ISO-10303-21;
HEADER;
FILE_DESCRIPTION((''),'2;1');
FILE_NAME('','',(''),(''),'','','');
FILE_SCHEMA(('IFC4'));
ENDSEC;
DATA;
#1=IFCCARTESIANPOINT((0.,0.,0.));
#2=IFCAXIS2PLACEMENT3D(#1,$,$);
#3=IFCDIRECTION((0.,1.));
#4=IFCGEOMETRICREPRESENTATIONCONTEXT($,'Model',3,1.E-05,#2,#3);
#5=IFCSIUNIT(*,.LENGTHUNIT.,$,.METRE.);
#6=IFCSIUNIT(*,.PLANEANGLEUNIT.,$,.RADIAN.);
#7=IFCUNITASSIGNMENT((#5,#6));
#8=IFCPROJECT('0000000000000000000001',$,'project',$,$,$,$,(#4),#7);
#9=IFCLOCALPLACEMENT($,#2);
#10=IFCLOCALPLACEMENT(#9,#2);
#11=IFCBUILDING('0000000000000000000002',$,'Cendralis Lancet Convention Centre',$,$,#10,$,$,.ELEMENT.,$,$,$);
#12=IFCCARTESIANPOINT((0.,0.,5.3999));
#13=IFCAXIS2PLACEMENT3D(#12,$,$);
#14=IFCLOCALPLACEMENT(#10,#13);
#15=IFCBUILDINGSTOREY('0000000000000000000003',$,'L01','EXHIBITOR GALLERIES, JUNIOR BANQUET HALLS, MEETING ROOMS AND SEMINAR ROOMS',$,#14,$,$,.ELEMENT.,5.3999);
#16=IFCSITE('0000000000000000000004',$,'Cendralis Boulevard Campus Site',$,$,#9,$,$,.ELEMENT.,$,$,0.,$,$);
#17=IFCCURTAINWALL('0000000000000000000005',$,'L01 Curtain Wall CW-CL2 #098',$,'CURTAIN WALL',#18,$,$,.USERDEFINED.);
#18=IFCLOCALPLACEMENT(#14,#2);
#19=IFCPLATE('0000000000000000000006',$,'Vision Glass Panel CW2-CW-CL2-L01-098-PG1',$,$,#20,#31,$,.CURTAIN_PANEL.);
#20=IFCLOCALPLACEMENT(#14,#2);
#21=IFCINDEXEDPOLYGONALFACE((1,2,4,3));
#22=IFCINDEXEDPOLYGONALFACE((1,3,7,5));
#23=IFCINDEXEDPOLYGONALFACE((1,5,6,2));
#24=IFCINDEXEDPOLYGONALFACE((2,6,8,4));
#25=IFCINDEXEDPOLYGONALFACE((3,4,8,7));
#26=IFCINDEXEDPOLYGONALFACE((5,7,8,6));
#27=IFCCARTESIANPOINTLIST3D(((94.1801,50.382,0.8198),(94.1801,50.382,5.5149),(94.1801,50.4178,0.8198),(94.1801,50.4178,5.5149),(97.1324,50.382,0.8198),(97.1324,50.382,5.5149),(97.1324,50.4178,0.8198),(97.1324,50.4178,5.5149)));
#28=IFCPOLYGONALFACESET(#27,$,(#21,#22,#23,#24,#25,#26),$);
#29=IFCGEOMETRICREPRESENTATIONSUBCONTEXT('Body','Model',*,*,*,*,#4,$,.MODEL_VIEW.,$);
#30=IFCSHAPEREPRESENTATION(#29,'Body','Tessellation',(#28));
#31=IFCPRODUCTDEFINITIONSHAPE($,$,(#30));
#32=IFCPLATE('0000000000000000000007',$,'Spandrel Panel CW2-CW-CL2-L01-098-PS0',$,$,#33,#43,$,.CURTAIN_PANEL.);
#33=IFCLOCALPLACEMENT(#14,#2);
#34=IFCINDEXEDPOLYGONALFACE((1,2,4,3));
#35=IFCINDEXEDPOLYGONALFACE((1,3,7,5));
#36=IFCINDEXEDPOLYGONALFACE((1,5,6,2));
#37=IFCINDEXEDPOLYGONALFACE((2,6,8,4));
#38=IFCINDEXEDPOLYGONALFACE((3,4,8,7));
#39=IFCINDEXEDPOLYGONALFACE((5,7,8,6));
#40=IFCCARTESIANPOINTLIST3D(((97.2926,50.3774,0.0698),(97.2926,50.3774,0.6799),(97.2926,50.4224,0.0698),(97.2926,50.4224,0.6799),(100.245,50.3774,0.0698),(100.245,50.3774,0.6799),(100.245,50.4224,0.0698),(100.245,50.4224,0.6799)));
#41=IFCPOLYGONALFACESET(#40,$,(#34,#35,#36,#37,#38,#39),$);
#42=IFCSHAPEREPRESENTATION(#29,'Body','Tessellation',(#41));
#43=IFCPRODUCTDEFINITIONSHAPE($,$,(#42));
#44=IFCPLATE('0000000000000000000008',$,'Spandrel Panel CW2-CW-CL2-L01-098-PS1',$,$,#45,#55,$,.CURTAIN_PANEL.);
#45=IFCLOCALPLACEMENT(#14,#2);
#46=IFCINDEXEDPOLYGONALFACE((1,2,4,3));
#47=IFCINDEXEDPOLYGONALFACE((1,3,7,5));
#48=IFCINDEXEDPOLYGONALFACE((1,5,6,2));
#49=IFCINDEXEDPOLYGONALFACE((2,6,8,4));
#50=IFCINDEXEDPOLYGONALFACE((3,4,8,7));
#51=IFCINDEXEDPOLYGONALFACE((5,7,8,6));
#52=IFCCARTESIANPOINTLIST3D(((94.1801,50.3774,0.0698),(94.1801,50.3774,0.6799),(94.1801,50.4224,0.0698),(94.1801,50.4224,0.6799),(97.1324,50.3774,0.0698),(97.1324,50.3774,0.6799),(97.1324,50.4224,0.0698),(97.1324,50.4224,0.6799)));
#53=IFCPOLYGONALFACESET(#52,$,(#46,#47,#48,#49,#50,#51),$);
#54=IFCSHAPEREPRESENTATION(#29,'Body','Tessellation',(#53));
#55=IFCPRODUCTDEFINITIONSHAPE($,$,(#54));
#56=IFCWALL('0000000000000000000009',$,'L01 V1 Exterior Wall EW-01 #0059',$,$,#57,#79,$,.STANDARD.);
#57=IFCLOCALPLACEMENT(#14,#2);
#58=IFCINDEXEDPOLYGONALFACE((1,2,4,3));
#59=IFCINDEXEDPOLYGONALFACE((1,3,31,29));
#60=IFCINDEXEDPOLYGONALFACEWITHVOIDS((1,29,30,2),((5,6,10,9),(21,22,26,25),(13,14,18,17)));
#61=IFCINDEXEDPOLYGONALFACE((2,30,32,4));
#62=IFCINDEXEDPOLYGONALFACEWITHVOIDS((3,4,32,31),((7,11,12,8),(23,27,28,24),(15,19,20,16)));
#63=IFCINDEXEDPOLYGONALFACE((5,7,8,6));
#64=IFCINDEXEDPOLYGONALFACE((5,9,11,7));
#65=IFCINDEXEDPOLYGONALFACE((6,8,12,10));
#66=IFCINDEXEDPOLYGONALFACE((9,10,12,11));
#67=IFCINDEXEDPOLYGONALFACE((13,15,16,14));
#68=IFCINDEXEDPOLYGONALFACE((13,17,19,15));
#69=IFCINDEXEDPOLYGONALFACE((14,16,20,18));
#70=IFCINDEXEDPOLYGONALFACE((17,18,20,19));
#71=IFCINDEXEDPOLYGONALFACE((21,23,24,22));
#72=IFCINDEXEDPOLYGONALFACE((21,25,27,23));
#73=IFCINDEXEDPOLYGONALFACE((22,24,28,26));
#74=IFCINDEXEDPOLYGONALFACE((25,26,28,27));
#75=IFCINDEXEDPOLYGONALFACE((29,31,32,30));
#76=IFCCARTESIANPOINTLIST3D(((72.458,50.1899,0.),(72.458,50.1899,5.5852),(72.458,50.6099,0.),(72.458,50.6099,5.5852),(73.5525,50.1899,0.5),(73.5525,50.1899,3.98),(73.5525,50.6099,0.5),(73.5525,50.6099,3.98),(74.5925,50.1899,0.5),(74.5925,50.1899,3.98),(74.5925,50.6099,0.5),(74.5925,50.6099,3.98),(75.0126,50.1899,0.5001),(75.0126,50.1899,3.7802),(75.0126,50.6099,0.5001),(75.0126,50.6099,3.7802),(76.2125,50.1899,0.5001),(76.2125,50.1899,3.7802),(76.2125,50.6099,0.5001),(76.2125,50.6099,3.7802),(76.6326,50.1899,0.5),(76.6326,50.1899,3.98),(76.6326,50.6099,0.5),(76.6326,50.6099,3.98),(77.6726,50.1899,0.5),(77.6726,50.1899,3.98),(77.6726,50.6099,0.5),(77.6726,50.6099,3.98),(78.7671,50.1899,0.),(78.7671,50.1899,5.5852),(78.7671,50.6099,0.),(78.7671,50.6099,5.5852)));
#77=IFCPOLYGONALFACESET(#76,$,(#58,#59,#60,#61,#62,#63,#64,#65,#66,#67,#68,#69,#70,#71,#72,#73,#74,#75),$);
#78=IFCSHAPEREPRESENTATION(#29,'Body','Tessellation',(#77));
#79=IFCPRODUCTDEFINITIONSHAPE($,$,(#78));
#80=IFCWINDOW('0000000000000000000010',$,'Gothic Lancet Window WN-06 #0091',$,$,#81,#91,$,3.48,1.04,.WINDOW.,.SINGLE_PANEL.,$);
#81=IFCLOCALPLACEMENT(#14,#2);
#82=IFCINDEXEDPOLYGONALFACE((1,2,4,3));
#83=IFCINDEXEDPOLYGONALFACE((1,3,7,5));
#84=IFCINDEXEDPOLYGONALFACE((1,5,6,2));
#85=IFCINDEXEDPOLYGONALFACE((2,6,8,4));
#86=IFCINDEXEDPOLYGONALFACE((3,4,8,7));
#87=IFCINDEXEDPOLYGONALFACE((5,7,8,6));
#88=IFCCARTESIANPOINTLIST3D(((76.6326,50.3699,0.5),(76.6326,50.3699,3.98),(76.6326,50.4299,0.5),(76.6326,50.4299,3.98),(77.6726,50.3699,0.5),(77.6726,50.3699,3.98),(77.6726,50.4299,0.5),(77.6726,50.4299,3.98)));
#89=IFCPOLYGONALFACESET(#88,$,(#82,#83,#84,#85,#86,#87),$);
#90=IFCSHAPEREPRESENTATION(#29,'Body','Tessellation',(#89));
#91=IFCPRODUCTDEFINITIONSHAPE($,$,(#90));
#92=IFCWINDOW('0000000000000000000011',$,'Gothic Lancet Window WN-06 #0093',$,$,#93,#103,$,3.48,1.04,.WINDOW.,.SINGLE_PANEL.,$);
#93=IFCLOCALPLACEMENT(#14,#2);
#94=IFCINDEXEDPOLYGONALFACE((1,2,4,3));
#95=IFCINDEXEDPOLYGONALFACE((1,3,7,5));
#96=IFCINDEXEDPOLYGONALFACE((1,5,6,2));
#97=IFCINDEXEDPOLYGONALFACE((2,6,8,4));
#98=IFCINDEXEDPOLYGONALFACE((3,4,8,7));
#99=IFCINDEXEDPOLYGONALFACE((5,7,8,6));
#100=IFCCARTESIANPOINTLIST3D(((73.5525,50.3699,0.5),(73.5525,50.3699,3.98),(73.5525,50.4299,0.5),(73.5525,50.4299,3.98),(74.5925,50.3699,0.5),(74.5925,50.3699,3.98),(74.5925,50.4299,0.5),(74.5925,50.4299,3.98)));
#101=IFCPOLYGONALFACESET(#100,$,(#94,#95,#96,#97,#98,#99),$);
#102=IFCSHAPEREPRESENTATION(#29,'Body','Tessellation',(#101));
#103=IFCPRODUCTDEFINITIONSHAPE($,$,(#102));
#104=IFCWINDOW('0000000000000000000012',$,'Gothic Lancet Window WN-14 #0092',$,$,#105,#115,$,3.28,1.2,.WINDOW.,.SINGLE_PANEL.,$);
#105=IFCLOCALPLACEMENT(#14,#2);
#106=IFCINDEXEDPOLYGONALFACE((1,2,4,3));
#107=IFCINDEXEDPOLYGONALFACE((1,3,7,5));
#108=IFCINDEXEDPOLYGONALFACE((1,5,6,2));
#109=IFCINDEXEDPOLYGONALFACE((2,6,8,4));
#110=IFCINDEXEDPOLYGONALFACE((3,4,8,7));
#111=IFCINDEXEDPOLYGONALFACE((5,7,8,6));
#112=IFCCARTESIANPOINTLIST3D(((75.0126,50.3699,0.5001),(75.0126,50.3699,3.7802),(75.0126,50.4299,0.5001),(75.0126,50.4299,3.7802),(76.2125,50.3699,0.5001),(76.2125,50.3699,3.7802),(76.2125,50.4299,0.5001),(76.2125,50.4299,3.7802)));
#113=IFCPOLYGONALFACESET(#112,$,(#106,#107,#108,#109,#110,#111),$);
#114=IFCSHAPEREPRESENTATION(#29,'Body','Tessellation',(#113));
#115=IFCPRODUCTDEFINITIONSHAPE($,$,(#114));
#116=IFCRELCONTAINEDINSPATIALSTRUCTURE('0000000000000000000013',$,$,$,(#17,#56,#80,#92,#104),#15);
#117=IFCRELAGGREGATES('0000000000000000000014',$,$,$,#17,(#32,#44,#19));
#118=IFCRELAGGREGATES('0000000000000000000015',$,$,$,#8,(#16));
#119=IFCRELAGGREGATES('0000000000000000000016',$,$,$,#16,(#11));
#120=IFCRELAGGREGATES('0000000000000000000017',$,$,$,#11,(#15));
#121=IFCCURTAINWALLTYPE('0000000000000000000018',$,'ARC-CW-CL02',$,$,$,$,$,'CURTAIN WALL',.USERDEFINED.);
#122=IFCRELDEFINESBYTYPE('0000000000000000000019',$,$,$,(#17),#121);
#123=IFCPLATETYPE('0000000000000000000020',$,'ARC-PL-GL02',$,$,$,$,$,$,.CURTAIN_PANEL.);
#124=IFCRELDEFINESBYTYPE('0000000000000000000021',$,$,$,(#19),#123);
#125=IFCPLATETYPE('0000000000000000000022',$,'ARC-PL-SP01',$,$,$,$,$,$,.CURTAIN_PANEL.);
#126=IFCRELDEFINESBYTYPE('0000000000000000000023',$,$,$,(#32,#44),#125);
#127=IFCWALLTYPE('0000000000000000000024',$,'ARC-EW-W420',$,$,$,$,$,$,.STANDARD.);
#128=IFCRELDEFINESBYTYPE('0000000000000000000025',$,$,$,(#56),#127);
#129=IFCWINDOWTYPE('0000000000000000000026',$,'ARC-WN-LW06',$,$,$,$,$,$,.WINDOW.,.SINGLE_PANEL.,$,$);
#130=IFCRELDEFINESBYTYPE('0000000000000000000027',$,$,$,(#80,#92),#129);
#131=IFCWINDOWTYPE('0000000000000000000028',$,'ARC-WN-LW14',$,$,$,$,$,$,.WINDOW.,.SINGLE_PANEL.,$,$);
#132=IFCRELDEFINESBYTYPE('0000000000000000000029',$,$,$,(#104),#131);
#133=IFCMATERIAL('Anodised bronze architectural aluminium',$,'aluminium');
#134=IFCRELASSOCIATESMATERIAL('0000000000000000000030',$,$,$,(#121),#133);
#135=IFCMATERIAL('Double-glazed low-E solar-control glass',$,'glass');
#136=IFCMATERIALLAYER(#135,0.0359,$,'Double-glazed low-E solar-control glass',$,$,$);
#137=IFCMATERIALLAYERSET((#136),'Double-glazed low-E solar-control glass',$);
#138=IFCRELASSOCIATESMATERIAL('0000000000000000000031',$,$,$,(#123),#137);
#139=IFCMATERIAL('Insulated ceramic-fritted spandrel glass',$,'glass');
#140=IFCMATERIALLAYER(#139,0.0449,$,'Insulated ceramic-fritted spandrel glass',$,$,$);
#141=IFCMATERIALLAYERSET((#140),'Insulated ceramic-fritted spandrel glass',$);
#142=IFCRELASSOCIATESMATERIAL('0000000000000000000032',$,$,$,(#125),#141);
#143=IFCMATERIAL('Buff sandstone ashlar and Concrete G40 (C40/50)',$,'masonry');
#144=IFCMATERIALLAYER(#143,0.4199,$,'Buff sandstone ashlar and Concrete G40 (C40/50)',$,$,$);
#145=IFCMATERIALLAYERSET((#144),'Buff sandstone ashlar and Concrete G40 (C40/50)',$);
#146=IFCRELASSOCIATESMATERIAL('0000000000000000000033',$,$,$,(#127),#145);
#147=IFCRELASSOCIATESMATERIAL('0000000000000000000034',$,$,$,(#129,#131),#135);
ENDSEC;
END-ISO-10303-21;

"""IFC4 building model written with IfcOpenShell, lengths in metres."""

from ifc_helpers import new_model, si_unit, direction, frame, frame_2d, origin, origin_2d, place, context, subcontext, project, spatial, rectangle, extrude, material, layer, layer_set, type_object, element, fill, aggregate, save


model = new_model("IFC4")

# Units and contexts
model_context = context("Model", 3, precision=1e-05, world=origin(), true_north=direction((0.0, 1.0)))
body_context = subcontext(model_context, "Body", "Model", "MODEL_VIEW")
ifc_project = project(units=[si_unit("LENGTHUNIT", "METRE"), si_unit("PLANEANGLEUNIT", "RADIAN")], contexts=[model_context])

# Site, building, storey
site_placement = place(None, origin())
site = spatial("IfcSite", under=ifc_project, at=site_placement, Name="Cendralis Boulevard Campus Site", CompositionType="ELEMENT", RefElevation=0.0)
building_placement = place(site_placement, origin())
building = spatial("IfcBuilding", under=site, at=building_placement, Name="Cendralis Lancet Convention Centre", CompositionType="ELEMENT")
storey_placement = place(building_placement, frame((0.0, 0.0, 5.3999)))
storey = spatial("IfcBuildingStorey", under=building, at=storey_placement, Name="L01", Description="EXHIBITOR GALLERIES, JUNIOR BANQUET HALLS, MEETING ROOMS AND SEMINAR ROOMS", CompositionType="ELEMENT", Elevation=5.3999)

# Curtain wall
ifc_material_1 = material(Name="Anodised bronze architectural aluminium", Category="aluminium")
curtain_wall_type = type_object("IfcCurtainWallType", Name="ARC-CW-CL02", ElementType="CURTAIN WALL", PredefinedType="USERDEFINED", material=ifc_material_1)
curtain_wall_placement = place(storey_placement, origin())
curtain_wall = element("IfcCurtainWall", 1, at=curtain_wall_placement, inside=storey, type_object=curtain_wall_type, Name="L01 Curtain Wall CW-CL2 #098", ObjectType="CURTAIN WALL", PredefinedType="USERDEFINED")

# Plates
ifc_material_2 = material(Name="Double-glazed low-E solar-control glass", Category="glass")
ifc_layer_1 = layer(ifc_material_2, 0.0359, Name="Double-glazed low-E solar-control glass")
ifc_layer_set_1 = layer_set([ifc_layer_1], Name="Double-glazed low-E solar-control glass")
plate_type_1 = type_object("IfcPlateType", Name="ARC-PL-GL02", PredefinedType="CURTAIN_PANEL", material=ifc_layer_set_1)
plate_1_placement = place(storey_placement, frame((95.6562, 50.3999, 0.8198), z_axis=(0.0, 0.0, 1.0), x_axis=(-1.0, 0.0, 0.0)))
plate_1 = element("IfcPlate", 2, at=plate_1_placement, type_object=plate_type_1, Name="Vision Glass Panel CW2-CW-CL2-L01-098-PG1", PredefinedType="CURTAIN_PANEL", context=body_context, shape_type="SweptSolid", body=[
    extrude(rectangle(XDim=2.9524, YDim=0.0359, at=origin_2d()), origin(), (0.0, 0.0, 1.0), 4.6951),
])
ifc_material_3 = material(Name="Insulated ceramic-fritted spandrel glass", Category="glass")
ifc_layer_2 = layer(ifc_material_3, 0.0449, Name="Insulated ceramic-fritted spandrel glass")
ifc_layer_set_2 = layer_set([ifc_layer_2], Name="Insulated ceramic-fritted spandrel glass")
plate_type_2 = type_object("IfcPlateType", Name="ARC-PL-SP01", PredefinedType="CURTAIN_PANEL", material=ifc_layer_set_2)
plate_2_placement = place(storey_placement, frame((98.7688, 50.3999, 0.0698), z_axis=(0.0, 0.0, 1.0), x_axis=(-1.0, 0.0, 0.0)))
plate_2 = element("IfcPlate", 3, at=plate_2_placement, type_object=plate_type_2, Name="Spandrel Panel CW2-CW-CL2-L01-098-PS0", PredefinedType="CURTAIN_PANEL", context=body_context, shape_type="SweptSolid", body=[
    extrude(rectangle(XDim=2.9524, YDim=0.0449, at=origin_2d()), origin(), (0.0, 0.0, 1.0), 0.6101),
])
plate_3_placement = place(storey_placement, frame((95.6562, 50.3999, 0.0698), z_axis=(0.0, 0.0, 1.0), x_axis=(-1.0, 0.0, 0.0)))
plate_3 = element("IfcPlate", 4, at=plate_3_placement, type_object=plate_type_2, Name="Spandrel Panel CW2-CW-CL2-L01-098-PS1", PredefinedType="CURTAIN_PANEL", context=body_context, shape_type="SweptSolid", body=[
    extrude(rectangle(XDim=2.9524, YDim=0.0449, at=origin_2d()), origin(), (0.0, 0.0, 1.0), 0.6101),
])
aggregate(curtain_wall, [plate_2, plate_3, plate_1])

# Wall, openings, windows
ifc_material_4 = material(Name="Buff sandstone ashlar and Concrete G40 (C40/50)", Category="masonry")
ifc_layer_3 = layer(ifc_material_4, 0.4199, Name="Buff sandstone ashlar and Concrete G40 (C40/50)")
ifc_layer_set_3 = layer_set([ifc_layer_3], Name="Buff sandstone ashlar and Concrete G40 (C40/50)")
wall_type_1 = type_object("IfcWallType", Name="ARC-EW-W420", PredefinedType="STANDARD", material=ifc_layer_set_3)
wall_1_placement = place(storey_placement, frame((78.7671, 50.3999, 0.0), z_axis=(0.0, 0.0, 1.0), x_axis=(-1.0, 0.0, 0.0)))
wall_1 = element("IfcWall", 5, at=wall_1_placement, inside=storey, type_object=wall_type_1, Name="L01 V1 Exterior Wall EW-01 #0059", PredefinedType="STANDARD", context=body_context, shape_type="SweptSolid", body=[
    extrude(rectangle(XDim=6.3091, YDim=0.4199, at=frame_2d((3.1545, 0.0))), origin(), (0.0, 0.0, 1.0), 5.5852),
])
opening_1_placement = place(wall_1_placement, frame((1.0945, 0.0, 0.5)))
opening_1 = element("IfcOpeningElement", 6, at=opening_1_placement, cuts=wall_1, PredefinedType="OPENING", context=body_context, shape_type="SweptSolid", body=[
    extrude(rectangle(XDim=1.04, YDim=3.48, at=frame_2d((0.52, 1.74))), frame((0.0, 0.22, 0.0), z_axis=(0.0, -1.0, 0.0), x_axis=(1.0, 0.0, 0.0)), (0.0, 0.0, 1.0), 0.4399),
])
opening_2_placement = place(wall_1_placement, frame((2.5544, 0.0, 0.5)))
opening_2 = element("IfcOpeningElement", 7, at=opening_2_placement, cuts=wall_1, PredefinedType="OPENING", context=body_context, shape_type="SweptSolid", body=[
    extrude(rectangle(XDim=1.2, YDim=3.28, at=frame_2d((0.6001, 1.6401))), frame((0.0, 0.22, 0.0), z_axis=(0.0, -1.0, 0.0), x_axis=(1.0, 0.0, 0.0)), (0.0, 0.0, 1.0), 0.4399),
])
opening_3_placement = place(wall_1_placement, frame((4.1746, 0.0, 0.5)))
opening_3 = element("IfcOpeningElement", 8, at=opening_3_placement, cuts=wall_1, PredefinedType="OPENING", context=body_context, shape_type="SweptSolid", body=[
    extrude(rectangle(XDim=1.04, YDim=3.48, at=frame_2d((0.52, 1.74))), frame((0.0, 0.22, 0.0), z_axis=(0.0, -1.0, 0.0), x_axis=(1.0, 0.0, 0.0)), (0.0, 0.0, 1.0), 0.4399),
])
window_type_1 = type_object("IfcWindowType", Name="ARC-WN-LW06", PartitioningType="SINGLE_PANEL", PredefinedType="WINDOW", material=ifc_material_2)
window_1_placement = place(opening_1_placement, origin())
window_1 = element("IfcWindow", 9, at=window_1_placement, inside=storey, type_object=window_type_1, Name="Gothic Lancet Window WN-06 #0091", OverallHeight=3.48, OverallWidth=1.04, PartitioningType="SINGLE_PANEL", PredefinedType="WINDOW", context=body_context, shape_type="SweptSolid", body=[
    extrude(rectangle(XDim=1.04, YDim=3.48, at=frame_2d((0.52, 1.74))), frame((0.0, 0.03, 0.0), z_axis=(0.0, -1.0, 0.0), x_axis=(1.0, 0.0, 0.0)), (0.0, 0.0, 1.0), 0.0601),
])
fill(opening_1, window_1)
window_2_placement = place(opening_3_placement, origin())
window_2 = element("IfcWindow", 10, at=window_2_placement, inside=storey, type_object=window_type_1, Name="Gothic Lancet Window WN-06 #0093", OverallHeight=3.48, OverallWidth=1.04, PartitioningType="SINGLE_PANEL", PredefinedType="WINDOW", context=body_context, shape_type="SweptSolid", body=[
    extrude(rectangle(XDim=1.04, YDim=3.48, at=frame_2d((0.52, 1.74))), frame((0.0, 0.03, 0.0), z_axis=(0.0, -1.0, 0.0), x_axis=(1.0, 0.0, 0.0)), (0.0, 0.0, 1.0), 0.0601),
])
fill(opening_3, window_2)
window_type_2 = type_object("IfcWindowType", Name="ARC-WN-LW14", PartitioningType="SINGLE_PANEL", PredefinedType="WINDOW", material=ifc_material_2)
window_3_placement = place(opening_2_placement, origin())
window_3 = element("IfcWindow", 11, at=window_3_placement, inside=storey, type_object=window_type_2, Name="Gothic Lancet Window WN-14 #0092", OverallHeight=3.28, OverallWidth=1.2, PartitioningType="SINGLE_PANEL", PredefinedType="WINDOW", context=body_context, shape_type="SweptSolid", body=[
    extrude(rectangle(XDim=1.2, YDim=3.28, at=frame_2d((0.6001, 1.6401))), frame((0.0, 0.03, 0.0), z_axis=(0.0, -1.0, 0.0), x_axis=(1.0, 0.0, 0.0)), (0.0, 0.0, 1.0), 0.0601),
])
fill(opening_2, window_3)

save(model, "model.ifc")
